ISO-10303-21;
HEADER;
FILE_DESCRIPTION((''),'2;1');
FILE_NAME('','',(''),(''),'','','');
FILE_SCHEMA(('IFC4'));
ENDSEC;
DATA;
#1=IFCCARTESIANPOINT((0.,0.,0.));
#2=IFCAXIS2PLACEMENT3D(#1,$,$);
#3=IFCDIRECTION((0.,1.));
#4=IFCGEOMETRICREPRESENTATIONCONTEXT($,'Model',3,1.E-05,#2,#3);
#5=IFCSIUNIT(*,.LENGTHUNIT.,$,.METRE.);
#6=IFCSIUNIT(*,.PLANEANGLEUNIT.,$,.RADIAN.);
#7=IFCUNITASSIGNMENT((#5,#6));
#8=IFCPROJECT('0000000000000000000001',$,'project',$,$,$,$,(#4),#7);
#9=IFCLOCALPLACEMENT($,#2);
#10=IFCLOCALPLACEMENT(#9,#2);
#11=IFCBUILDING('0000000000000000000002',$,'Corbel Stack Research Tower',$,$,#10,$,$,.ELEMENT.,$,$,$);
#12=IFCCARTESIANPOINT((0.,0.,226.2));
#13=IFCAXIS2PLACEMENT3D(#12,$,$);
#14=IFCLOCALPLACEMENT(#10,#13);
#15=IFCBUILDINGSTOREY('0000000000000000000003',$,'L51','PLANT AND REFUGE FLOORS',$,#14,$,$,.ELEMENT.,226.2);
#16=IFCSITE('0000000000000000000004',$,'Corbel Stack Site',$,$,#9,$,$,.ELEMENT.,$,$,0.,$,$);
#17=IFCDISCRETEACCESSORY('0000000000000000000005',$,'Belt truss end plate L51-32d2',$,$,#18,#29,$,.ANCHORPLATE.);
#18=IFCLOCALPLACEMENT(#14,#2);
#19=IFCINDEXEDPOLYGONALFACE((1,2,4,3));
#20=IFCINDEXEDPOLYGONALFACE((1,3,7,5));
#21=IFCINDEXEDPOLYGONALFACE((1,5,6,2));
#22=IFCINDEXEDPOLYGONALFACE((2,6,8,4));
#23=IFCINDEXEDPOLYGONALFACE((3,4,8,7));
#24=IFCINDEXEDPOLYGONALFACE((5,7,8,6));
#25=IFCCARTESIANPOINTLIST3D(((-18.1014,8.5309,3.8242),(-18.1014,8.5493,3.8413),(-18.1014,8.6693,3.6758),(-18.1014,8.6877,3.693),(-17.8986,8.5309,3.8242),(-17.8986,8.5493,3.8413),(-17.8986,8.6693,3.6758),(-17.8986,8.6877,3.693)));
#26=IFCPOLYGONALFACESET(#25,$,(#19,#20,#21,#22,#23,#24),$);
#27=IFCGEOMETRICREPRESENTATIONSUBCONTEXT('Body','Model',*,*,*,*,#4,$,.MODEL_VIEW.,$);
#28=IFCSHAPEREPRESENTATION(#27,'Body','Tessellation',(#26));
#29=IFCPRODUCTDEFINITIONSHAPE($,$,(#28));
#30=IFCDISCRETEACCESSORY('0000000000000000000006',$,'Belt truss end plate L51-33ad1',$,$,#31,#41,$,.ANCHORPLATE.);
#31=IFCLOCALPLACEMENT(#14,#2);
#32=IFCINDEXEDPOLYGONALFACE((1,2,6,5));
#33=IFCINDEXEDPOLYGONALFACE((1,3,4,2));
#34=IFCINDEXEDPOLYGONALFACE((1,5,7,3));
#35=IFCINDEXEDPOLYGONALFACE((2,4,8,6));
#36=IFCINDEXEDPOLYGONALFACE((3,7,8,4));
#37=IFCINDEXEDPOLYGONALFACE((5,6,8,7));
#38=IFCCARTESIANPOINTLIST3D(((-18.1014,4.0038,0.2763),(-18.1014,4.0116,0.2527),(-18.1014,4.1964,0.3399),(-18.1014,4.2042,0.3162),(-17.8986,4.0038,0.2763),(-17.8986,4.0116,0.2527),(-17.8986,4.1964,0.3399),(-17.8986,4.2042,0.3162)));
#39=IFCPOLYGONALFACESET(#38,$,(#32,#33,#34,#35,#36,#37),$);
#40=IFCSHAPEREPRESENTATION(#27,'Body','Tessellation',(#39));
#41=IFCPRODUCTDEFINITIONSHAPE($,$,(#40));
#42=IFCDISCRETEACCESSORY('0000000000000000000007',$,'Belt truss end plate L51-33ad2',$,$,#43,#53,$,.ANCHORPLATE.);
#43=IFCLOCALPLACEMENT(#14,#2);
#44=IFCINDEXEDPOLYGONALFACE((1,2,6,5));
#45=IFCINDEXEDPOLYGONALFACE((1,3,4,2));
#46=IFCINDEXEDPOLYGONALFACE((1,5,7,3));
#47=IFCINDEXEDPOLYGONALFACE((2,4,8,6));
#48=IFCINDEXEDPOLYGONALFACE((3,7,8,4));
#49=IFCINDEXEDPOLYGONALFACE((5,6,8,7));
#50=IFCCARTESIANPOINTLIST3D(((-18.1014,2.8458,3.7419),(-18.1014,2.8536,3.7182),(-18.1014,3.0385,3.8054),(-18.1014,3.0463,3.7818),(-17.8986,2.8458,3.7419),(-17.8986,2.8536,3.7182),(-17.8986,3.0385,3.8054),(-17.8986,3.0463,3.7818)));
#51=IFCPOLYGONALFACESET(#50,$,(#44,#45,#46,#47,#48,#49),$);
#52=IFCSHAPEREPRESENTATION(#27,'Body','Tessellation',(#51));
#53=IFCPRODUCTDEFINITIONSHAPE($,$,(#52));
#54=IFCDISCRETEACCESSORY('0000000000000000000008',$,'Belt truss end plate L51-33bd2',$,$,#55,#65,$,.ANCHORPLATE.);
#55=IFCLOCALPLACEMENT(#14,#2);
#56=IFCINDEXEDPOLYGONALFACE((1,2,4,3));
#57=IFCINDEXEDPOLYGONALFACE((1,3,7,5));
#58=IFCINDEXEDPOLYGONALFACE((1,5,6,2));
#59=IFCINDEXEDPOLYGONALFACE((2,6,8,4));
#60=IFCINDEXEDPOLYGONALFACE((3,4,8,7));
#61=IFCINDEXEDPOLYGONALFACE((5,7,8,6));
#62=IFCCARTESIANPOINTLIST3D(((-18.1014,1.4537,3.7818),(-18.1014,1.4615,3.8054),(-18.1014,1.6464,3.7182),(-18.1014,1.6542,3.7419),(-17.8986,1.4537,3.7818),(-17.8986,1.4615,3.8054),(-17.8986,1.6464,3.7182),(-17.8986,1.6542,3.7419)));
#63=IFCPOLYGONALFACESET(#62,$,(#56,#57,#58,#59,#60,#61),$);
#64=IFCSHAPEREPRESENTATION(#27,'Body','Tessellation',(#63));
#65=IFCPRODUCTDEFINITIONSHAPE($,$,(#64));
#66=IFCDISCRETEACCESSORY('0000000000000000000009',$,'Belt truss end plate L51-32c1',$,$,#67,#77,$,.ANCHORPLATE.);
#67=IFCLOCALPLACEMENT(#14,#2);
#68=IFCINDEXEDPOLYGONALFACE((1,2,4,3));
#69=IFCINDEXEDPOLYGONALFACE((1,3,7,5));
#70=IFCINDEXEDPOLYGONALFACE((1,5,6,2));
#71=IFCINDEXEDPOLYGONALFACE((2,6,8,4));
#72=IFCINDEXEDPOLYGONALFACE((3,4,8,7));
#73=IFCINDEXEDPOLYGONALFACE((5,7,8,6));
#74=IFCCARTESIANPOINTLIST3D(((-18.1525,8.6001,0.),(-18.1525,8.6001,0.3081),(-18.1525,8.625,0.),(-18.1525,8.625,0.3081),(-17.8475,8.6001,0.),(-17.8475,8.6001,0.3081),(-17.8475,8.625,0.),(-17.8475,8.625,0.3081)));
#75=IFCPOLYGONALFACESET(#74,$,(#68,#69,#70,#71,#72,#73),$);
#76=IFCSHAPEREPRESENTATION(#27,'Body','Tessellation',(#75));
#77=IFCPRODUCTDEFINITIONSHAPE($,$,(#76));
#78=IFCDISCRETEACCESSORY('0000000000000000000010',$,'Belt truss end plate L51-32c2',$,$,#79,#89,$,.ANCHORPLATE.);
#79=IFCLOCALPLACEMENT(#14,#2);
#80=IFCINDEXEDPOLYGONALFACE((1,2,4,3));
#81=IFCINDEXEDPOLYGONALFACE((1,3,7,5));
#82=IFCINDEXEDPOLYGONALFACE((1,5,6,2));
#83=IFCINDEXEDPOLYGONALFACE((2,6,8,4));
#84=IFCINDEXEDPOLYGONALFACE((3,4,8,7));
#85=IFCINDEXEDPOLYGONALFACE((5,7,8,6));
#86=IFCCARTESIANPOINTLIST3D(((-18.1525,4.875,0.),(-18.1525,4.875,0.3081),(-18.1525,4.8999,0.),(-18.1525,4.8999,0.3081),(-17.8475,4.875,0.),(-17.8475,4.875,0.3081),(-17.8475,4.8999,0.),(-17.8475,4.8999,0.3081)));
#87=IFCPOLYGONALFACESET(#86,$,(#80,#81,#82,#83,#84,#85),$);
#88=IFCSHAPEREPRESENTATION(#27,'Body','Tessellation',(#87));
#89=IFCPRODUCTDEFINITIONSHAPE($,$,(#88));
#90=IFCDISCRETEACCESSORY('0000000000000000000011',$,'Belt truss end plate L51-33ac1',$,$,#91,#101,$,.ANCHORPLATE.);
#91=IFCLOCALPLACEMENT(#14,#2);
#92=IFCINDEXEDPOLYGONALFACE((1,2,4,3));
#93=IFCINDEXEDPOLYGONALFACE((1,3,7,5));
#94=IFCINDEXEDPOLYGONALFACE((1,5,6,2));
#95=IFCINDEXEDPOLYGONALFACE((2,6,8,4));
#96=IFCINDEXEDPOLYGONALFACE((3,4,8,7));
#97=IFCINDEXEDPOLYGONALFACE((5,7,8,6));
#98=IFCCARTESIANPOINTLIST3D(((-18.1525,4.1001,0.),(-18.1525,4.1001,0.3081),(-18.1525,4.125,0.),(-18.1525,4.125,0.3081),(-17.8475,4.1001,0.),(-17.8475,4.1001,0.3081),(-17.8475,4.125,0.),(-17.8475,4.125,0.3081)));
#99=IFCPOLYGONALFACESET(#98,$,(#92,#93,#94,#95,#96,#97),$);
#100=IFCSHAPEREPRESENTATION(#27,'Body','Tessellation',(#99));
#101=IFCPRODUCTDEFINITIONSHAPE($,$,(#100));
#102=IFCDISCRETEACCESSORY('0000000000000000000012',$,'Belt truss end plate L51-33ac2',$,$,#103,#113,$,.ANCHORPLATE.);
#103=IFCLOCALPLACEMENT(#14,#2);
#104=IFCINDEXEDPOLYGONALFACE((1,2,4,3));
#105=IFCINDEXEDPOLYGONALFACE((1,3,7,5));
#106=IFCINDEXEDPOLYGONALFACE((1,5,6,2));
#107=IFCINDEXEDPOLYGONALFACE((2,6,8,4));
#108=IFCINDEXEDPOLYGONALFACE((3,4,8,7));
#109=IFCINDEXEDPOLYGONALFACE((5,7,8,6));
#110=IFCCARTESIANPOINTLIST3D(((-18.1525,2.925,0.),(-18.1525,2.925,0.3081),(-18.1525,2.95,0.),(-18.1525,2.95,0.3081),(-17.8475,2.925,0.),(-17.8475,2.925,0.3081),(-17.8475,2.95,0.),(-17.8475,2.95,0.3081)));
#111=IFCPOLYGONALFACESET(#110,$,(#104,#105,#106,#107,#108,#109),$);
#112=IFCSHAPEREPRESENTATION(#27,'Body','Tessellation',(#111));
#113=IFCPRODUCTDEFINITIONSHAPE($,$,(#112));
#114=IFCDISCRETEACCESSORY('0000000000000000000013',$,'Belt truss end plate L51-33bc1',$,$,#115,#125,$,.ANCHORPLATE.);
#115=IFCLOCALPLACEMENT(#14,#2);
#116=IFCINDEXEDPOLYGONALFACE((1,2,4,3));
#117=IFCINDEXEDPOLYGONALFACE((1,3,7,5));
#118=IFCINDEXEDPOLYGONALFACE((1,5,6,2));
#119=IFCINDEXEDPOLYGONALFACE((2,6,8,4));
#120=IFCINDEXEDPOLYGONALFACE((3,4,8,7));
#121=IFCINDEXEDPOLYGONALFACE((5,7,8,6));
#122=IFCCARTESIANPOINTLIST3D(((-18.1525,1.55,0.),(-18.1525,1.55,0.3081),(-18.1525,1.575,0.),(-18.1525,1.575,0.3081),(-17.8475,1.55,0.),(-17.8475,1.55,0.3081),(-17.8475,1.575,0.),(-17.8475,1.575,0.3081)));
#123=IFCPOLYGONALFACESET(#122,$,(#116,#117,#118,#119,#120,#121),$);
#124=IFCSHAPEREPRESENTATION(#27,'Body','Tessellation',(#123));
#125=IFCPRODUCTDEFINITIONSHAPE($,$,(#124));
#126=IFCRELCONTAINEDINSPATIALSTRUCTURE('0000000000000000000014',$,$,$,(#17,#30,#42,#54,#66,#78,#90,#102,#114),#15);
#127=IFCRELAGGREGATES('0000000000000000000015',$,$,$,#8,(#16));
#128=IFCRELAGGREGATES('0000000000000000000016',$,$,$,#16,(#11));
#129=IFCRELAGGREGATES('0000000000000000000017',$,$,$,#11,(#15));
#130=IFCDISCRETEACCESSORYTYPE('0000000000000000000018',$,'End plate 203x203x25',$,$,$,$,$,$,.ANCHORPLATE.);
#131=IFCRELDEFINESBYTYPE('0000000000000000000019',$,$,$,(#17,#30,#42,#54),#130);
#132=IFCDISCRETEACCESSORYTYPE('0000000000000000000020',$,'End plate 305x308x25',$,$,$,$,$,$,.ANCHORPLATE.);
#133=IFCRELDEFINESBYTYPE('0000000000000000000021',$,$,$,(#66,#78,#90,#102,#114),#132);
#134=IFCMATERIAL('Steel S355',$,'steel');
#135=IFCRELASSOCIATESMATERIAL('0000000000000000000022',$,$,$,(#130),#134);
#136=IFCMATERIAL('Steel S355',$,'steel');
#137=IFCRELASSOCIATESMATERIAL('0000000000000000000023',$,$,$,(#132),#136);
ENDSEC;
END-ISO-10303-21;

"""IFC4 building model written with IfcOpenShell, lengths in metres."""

from ifc_helpers import new_model, si_unit, direction, frame, origin, origin_2d, place, context, subcontext, project, spatial, rectangle, extrude, material, material_profile, profile_set, type_object, element, save


model = new_model("IFC4")

# Units and contexts
model_context = context("Model", 3, precision=1e-05, world=origin(), true_north=direction((0.0, 1.0)))
body_context = subcontext(model_context, "Body", "Model", "MODEL_VIEW")
ifc_project = project(units=[si_unit("LENGTHUNIT", "METRE"), si_unit("PLANEANGLEUNIT", "RADIAN")], contexts=[model_context])

# Site, building, storey
site_placement = place(None, origin())
site = spatial("IfcSite", under=ifc_project, at=site_placement, Name="Corbel Stack Site", CompositionType="ELEMENT", RefElevation=0.0)
building_placement = place(site_placement, origin())
building = spatial("IfcBuilding", under=site, at=building_placement, Name="Corbel Stack Research Tower", CompositionType="ELEMENT")
storey_placement = place(building_placement, frame((0.0, 0.0, 226.2)))
storey = spatial("IfcBuildingStorey", under=building, at=storey_placement, Name="L51", Description="PLANT AND REFUGE FLOORS", CompositionType="ELEMENT", Elevation=226.2)

# Discrete accessories
ifc_material_1 = material(Name="Steel S355", Category="steel")
ifc_material_profile_1 = material_profile(ifc_material_1, rectangle(XDim=0.2029, YDim=0.2029, at=origin_2d()), Name="End plate 203x203x25")
ifc_profile_set_1 = profile_set([ifc_material_profile_1], Name="Steel S355")
discrete_accessory_type_1 = type_object("IfcDiscreteAccessoryType", Name="End plate 203x203x25", PredefinedType="ANCHORPLATE", material=ifc_profile_set_1)
for number, where, z_axis, x_axis, name in (
    (1, (-18.0, 8.6001, 3.75), (0.0, 0.731055, 0.682318), (-1.0, 0.0, 0.0), "Belt truss end plate L51-32d2"),
):
    element("IfcDiscreteAccessory", number, at=place(storey_placement, frame(where, z_axis=z_axis, x_axis=x_axis)), inside=storey, type_object=discrete_accessory_type_1, Name=name, PredefinedType="ANCHORPLATE", context=body_context, shape_type="SweptSolid", body=[
        extrude(rectangle(XDim=0.2029, YDim=0.2029, at=origin_2d()), origin(), (0.0, 0.0, 1.0), 0.0251),
    ])
for number, where, z_axis, x_axis, name in (
    (2, (-18.0, 4.1001, 0.3081), (0.0, 0.313289, -0.949658), (-1.0, 0.0, 0.0), "Belt truss end plate L51-33ad1"),
    (3, (-18.0, 2.95, 3.75), (0.0, -0.313289, 0.949658), (1.0, 0.0, 0.0), "Belt truss end plate L51-33ad2"),
    (4, (-18.0, 1.55, 3.75), (0.0, 0.313289, 0.949658), (-1.0, 0.0, 0.0), "Belt truss end plate L51-33bd2"),
):
    element("IfcDiscreteAccessory", number, at=place(storey_placement, frame(where, z_axis=z_axis, x_axis=x_axis)), inside=storey, type_object=discrete_accessory_type_1, Name=name, PredefinedType="ANCHORPLATE", context=body_context, shape_type="SweptSolid", body=[
        extrude(rectangle(XDim=0.2029, YDim=0.2029, at=origin_2d()), origin(), (0.0, 0.0, 1.0), 0.0249),
    ])
ifc_material_2 = material(Name="Steel S355", Category="steel")
ifc_material_profile_2 = material_profile(ifc_material_2, rectangle(XDim=0.3049, YDim=0.3081, at=origin_2d()), Name="End plate 305x308x25")
ifc_profile_set_2 = profile_set([ifc_material_profile_2], Name="Steel S355")
discrete_accessory_type_2 = type_object("IfcDiscreteAccessoryType", Name="End plate 305x308x25", PredefinedType="ANCHORPLATE", material=ifc_profile_set_2)
for number, where, z_axis, x_axis, name in (
    (5, (-18.0, 8.6001, 0.1541), (0.0, 1.0, 0.0), (-1.0, 0.0, 0.0), "Belt truss end plate L51-32c1"),
    (6, (-18.0, 4.8999, 0.1541), (0.0, -1.0, 0.0), (1.0, 0.0, 0.0), "Belt truss end plate L51-32c2"),
    (7, (-18.0, 4.1001, 0.1541), (0.0, 1.0, 0.0), (-1.0, 0.0, 0.0), "Belt truss end plate L51-33ac1"),
    (8, (-18.0, 2.95, 0.1541), (0.0, -1.0, 0.0), (1.0, 0.0, 0.0), "Belt truss end plate L51-33ac2"),
    (9, (-18.0, 1.55, 0.1541), (0.0, 1.0, 0.0), (-1.0, 0.0, 0.0), "Belt truss end plate L51-33bc1"),
):
    element("IfcDiscreteAccessory", number, at=place(storey_placement, frame(where, z_axis=z_axis, x_axis=x_axis)), inside=storey, type_object=discrete_accessory_type_2, Name=name, PredefinedType="ANCHORPLATE", context=body_context, shape_type="SweptSolid", body=[
        extrude(rectangle(XDim=0.3049, YDim=0.3081, at=origin_2d()), origin(), (0.0, 0.0, 1.0), 0.0249),
    ])

save(model, "model.ifc")
